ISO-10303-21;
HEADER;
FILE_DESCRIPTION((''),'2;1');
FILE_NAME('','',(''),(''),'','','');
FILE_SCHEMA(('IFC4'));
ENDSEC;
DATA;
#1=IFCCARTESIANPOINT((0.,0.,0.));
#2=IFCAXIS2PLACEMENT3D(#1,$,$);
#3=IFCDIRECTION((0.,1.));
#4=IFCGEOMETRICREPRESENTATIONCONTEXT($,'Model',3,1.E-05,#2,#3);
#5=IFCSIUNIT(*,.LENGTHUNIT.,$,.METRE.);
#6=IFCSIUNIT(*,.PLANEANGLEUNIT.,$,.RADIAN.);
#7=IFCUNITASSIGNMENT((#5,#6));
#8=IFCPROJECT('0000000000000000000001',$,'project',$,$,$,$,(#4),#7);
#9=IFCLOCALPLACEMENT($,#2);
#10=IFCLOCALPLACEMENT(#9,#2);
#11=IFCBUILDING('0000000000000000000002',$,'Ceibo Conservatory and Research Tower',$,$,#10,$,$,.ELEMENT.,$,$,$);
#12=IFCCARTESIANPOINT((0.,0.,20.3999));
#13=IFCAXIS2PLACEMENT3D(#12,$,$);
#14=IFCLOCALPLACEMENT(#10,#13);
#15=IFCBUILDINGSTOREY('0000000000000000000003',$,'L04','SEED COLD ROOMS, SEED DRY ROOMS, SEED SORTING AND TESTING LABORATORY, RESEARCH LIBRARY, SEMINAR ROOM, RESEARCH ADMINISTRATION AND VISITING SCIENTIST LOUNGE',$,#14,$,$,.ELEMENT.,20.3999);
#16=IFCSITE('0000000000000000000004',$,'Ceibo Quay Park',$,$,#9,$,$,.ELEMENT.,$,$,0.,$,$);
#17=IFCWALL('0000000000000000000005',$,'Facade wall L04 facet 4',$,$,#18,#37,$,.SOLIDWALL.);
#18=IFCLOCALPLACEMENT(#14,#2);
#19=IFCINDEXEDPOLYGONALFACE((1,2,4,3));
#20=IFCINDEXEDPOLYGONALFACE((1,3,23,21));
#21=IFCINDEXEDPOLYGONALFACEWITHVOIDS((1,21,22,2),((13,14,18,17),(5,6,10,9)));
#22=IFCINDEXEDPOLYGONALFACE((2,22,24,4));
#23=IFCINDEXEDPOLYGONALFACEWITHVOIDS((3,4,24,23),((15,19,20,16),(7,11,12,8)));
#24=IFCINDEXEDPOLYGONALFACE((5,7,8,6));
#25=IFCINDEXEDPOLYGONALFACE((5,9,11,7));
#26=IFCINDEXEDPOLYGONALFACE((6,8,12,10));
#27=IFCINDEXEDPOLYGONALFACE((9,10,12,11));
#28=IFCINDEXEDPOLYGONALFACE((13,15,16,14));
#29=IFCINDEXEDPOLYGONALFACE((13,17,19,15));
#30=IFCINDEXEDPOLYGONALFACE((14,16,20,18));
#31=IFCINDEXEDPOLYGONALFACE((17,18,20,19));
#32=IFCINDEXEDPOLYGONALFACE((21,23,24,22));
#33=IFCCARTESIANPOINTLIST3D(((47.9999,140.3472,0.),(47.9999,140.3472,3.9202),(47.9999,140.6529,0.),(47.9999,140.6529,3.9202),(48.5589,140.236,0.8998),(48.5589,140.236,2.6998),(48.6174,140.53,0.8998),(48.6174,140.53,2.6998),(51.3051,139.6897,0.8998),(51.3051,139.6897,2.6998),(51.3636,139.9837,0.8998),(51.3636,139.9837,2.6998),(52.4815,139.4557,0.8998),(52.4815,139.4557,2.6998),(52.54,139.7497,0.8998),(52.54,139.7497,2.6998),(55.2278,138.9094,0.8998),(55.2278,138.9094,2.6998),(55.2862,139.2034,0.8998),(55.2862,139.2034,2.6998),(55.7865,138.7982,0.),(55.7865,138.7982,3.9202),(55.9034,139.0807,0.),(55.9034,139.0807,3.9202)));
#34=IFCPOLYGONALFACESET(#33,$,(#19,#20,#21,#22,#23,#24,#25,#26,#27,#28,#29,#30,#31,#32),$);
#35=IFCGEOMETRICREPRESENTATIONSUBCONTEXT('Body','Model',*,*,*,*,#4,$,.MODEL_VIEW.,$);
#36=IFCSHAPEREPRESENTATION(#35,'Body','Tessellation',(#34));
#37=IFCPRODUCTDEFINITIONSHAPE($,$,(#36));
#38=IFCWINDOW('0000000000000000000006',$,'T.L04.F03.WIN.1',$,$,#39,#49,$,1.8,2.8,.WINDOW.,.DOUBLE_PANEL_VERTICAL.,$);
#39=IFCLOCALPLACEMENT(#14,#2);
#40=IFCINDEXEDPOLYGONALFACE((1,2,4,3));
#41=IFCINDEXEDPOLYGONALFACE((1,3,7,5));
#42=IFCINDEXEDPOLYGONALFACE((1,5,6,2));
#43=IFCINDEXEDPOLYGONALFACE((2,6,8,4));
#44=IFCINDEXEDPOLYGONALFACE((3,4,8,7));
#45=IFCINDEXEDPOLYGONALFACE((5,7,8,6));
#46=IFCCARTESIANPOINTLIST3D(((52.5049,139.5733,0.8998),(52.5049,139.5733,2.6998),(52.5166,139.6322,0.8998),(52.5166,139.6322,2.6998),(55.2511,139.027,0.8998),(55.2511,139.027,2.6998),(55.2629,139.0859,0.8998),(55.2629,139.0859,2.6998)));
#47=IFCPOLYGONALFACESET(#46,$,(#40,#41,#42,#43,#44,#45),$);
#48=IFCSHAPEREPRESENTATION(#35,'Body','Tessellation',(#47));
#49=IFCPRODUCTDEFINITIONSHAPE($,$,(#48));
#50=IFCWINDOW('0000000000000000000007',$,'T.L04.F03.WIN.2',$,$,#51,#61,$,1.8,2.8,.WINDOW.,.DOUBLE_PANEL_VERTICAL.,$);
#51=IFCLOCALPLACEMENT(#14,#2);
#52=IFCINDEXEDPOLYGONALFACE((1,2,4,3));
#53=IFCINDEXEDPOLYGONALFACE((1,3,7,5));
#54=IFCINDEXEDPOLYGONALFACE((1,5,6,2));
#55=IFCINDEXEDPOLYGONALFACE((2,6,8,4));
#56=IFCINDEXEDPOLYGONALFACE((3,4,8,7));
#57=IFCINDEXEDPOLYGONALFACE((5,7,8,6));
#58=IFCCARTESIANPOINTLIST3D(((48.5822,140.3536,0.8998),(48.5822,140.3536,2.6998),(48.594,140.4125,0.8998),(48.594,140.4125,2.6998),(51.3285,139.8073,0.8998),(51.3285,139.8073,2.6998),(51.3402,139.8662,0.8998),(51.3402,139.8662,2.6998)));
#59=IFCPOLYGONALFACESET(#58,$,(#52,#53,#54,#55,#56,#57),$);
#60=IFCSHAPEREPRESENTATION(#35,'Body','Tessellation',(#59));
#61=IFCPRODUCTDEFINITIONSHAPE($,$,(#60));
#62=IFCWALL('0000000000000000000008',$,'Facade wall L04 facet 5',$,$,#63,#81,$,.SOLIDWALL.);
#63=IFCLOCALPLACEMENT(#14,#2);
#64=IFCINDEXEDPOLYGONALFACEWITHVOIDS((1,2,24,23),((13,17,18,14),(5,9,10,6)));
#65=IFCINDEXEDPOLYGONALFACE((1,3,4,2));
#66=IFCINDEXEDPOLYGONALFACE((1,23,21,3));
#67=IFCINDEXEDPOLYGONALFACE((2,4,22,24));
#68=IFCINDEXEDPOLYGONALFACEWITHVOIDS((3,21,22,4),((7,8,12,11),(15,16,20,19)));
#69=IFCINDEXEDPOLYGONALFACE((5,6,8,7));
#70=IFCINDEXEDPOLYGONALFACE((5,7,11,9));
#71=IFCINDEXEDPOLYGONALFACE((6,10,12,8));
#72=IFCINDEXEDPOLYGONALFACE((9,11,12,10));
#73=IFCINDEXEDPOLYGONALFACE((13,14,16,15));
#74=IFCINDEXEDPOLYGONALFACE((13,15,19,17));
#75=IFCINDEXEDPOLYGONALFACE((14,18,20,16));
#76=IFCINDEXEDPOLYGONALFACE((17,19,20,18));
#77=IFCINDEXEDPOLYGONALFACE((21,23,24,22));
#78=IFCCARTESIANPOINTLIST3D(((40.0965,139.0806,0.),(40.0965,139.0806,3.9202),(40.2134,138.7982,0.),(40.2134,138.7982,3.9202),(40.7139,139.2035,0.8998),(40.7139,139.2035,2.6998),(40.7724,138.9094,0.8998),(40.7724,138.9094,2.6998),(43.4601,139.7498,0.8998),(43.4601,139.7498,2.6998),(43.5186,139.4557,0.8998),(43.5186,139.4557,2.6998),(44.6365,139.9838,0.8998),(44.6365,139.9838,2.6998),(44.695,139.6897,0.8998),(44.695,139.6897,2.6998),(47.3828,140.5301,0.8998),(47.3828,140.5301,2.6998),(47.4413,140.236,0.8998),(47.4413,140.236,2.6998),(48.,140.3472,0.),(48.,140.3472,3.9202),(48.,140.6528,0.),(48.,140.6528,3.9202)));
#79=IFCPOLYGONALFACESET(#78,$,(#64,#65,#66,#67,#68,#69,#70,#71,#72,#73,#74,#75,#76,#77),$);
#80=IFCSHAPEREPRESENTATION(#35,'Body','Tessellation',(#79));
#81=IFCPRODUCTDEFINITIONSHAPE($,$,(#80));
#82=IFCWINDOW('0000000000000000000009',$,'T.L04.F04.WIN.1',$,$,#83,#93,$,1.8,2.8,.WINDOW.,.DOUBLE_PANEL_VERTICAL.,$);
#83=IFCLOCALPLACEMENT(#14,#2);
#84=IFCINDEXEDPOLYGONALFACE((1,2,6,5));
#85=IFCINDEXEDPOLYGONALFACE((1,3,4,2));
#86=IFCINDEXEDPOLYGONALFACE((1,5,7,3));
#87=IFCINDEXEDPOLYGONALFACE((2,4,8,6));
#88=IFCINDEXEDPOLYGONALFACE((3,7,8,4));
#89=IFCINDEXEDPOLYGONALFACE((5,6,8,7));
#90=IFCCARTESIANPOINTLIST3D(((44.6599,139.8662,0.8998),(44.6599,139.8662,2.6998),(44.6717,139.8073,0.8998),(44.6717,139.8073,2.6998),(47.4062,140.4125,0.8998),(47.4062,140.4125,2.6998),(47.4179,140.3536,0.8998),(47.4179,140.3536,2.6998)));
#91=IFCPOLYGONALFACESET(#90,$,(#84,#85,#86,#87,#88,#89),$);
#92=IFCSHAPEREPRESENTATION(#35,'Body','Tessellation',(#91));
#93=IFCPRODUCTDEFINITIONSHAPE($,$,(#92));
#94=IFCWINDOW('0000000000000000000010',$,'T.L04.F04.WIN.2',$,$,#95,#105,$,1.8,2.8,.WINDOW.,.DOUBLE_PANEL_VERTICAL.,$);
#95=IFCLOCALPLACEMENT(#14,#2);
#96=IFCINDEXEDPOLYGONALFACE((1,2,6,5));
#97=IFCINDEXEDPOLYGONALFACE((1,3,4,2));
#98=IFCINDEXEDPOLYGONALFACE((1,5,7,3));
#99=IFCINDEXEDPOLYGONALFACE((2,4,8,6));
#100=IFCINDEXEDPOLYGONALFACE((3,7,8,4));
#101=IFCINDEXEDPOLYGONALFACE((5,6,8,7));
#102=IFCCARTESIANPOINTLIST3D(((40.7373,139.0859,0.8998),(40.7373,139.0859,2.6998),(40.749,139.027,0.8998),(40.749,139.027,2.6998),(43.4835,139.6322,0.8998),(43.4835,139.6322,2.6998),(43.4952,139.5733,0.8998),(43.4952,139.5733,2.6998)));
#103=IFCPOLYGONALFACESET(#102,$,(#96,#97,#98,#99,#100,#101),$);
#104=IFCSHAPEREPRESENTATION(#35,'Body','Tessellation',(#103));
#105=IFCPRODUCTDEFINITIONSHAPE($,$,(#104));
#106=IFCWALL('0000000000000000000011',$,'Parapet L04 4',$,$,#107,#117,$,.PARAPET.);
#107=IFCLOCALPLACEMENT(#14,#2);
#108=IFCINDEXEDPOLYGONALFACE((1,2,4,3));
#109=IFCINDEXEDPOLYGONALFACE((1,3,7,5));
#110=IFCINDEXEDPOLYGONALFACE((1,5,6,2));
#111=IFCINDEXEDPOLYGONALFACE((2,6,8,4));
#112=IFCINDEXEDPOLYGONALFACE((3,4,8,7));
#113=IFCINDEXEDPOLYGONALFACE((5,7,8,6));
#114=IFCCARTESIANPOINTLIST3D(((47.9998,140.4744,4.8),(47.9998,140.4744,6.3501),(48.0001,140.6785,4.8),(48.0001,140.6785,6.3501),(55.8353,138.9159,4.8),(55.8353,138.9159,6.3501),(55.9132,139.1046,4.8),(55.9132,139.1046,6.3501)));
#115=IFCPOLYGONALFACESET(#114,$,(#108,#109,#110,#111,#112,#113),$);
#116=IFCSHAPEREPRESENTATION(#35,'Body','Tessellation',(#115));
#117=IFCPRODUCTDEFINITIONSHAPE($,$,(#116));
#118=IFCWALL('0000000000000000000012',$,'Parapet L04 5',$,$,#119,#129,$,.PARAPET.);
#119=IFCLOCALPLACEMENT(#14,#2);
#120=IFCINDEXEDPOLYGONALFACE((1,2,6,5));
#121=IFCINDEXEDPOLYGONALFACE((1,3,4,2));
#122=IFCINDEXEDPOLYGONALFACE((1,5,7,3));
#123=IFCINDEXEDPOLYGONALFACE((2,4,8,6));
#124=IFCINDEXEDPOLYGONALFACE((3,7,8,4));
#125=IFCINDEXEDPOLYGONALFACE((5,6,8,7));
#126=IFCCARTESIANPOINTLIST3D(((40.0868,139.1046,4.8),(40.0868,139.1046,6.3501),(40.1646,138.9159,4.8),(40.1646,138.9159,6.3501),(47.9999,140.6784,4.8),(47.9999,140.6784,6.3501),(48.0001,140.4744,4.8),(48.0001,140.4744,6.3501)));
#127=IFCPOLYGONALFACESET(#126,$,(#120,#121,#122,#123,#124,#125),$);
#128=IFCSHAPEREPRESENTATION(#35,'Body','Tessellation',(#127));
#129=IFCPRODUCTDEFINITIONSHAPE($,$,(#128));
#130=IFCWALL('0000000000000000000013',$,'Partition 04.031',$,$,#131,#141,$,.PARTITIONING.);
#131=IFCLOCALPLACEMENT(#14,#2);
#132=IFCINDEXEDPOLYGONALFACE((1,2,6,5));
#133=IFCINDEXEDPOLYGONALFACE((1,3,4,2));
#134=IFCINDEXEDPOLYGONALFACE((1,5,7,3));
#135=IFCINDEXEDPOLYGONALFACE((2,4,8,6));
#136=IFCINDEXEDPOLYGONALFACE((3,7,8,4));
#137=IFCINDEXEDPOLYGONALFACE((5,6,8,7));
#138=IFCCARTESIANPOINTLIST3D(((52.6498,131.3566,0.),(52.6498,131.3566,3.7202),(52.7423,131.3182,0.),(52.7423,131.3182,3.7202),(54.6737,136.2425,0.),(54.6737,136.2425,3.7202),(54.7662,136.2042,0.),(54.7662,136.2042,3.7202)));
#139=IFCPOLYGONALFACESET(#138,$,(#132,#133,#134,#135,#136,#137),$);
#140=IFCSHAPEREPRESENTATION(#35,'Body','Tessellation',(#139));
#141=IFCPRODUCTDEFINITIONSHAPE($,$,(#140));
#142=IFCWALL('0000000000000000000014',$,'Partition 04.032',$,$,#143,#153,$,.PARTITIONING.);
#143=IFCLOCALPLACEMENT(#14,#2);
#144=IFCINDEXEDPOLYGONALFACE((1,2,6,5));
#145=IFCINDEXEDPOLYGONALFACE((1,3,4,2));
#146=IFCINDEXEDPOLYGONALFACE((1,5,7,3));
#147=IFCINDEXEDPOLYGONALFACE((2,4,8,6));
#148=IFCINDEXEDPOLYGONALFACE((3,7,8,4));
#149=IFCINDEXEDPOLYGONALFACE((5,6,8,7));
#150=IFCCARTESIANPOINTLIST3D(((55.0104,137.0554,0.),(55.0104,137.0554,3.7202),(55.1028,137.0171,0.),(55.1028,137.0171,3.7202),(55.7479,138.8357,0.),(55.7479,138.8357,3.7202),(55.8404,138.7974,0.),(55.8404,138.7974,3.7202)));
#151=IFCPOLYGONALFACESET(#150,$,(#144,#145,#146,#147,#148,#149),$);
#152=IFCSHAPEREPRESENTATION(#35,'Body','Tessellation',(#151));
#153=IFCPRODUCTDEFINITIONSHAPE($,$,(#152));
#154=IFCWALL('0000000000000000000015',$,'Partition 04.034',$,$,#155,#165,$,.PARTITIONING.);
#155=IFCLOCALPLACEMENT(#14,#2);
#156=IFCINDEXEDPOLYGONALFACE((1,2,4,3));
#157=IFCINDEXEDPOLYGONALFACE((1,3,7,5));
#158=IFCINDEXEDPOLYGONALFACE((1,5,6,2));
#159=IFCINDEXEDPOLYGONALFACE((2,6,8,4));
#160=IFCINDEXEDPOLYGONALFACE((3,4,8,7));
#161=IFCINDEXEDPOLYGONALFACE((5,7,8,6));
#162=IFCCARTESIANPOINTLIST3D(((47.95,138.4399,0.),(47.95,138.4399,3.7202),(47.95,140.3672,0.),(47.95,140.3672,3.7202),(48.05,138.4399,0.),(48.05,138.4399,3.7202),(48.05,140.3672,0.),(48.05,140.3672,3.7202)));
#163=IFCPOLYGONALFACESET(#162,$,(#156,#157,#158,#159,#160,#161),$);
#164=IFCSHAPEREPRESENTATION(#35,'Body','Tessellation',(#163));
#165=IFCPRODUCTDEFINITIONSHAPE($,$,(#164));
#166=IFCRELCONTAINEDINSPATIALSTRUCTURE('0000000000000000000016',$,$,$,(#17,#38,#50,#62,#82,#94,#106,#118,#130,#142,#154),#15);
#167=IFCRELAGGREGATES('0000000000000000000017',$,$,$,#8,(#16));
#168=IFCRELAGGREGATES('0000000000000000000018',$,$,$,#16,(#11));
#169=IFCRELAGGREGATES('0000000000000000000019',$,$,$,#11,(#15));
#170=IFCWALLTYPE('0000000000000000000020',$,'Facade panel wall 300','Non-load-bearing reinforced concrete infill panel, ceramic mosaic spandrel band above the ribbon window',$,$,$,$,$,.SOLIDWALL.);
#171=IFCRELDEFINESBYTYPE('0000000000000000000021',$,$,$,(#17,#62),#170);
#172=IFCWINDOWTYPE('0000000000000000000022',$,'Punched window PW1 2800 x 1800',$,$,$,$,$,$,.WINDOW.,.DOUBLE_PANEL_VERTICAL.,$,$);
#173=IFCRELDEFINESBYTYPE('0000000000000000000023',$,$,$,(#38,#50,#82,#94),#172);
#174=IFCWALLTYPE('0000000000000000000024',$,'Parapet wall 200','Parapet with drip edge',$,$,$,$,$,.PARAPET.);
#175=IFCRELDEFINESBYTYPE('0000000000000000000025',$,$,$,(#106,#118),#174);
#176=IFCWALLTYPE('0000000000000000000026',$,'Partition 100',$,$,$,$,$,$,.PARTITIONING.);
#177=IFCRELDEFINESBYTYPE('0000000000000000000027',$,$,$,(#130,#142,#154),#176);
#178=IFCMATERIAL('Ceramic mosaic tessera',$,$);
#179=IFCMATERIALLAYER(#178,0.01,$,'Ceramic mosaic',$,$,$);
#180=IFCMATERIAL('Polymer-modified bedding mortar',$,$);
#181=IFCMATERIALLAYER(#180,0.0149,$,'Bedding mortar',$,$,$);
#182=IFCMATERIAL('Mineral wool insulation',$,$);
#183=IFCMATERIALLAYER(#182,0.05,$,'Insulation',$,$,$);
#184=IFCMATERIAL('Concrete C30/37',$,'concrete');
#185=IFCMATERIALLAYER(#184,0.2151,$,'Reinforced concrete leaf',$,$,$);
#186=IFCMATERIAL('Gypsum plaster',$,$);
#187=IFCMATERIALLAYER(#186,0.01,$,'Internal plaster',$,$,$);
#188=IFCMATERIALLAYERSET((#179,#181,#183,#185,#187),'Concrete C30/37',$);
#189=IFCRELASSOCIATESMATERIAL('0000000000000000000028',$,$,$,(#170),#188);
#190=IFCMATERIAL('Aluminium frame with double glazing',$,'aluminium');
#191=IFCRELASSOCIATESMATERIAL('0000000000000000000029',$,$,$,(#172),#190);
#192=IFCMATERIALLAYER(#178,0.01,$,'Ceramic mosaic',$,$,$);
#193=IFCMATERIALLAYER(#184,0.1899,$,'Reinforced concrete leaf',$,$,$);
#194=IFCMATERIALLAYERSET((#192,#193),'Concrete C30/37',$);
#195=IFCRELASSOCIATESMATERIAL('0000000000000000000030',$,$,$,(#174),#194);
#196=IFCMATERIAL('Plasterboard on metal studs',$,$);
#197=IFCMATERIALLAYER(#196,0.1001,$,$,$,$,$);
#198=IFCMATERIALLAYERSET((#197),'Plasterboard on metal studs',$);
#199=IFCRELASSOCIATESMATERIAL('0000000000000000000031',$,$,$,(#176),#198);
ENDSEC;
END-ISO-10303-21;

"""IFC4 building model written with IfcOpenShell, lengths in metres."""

from ifc_helpers import new_model, si_unit, direction, frame, frame_2d, origin, place, context, subcontext, project, spatial, polyline, rectangle, outline, extrude, material, layer, layer_set, type_object, element, fill, save


model = new_model("IFC4")

# Units and contexts
model_context = context("Model", 3, precision=1e-05, world=origin(), true_north=direction((0.0, 1.0)))
body_context = subcontext(model_context, "Body", "Model", "MODEL_VIEW")
ifc_project = project(units=[si_unit("LENGTHUNIT", "METRE"), si_unit("PLANEANGLEUNIT", "RADIAN")], contexts=[model_context])

# Site, building, storey
site_placement = place(None, origin())
site = spatial("IfcSite", under=ifc_project, at=site_placement, Name="Ceibo Quay Park", CompositionType="ELEMENT", RefElevation=0.0)
building_placement = place(site_placement, origin())
building = spatial("IfcBuilding", under=site, at=building_placement, Name="Ceibo Conservatory and Research Tower", CompositionType="ELEMENT")
storey_placement = place(building_placement, frame((0.0, 0.0, 20.3999)))
storey = spatial("IfcBuildingStorey", under=building, at=storey_placement, Name="L04", Description="SEED COLD ROOMS, SEED DRY ROOMS, SEED SORTING AND TESTING LABORATORY, RESEARCH LIBRARY, SEMINAR ROOM, RESEARCH ADMINISTRATION AND VISITING SCIENTIST LOUNGE", CompositionType="ELEMENT", Elevation=20.3999)

# Walls, openings, windows
ifc_material_1 = material(Name="Ceramic mosaic tessera")
ifc_layer_1 = layer(ifc_material_1, 0.01, Name="Ceramic mosaic")
ifc_material_2 = material(Name="Polymer-modified bedding mortar")
ifc_layer_2 = layer(ifc_material_2, 0.0149, Name="Bedding mortar")
ifc_material_3 = material(Name="Mineral wool insulation")
ifc_layer_3 = layer(ifc_material_3, 0.05, Name="Insulation")
ifc_material_4 = material(Name="Concrete C30/37", Category="concrete")
ifc_layer_4 = layer(ifc_material_4, 0.2151, Name="Reinforced concrete leaf")
ifc_material_5 = material(Name="Gypsum plaster")
ifc_layer_5 = layer(ifc_material_5, 0.01, Name="Internal plaster")
ifc_layer_set_1 = layer_set([ifc_layer_1, ifc_layer_2, ifc_layer_3, ifc_layer_4, ifc_layer_5], Name="Concrete C30/37")
wall_type_1 = type_object("IfcWallType", Name="Facade panel wall 300", Description="Non-load-bearing reinforced concrete infill panel, ceramic mosaic spandrel band above the ribbon window", PredefinedType="SOLIDWALL", material=ifc_layer_set_1)
wall_1_placement = place(storey_placement, frame((55.845, 138.9395, 0.0), z_axis=(0.0, 0.0, 1.0), x_axis=(-0.980783, 0.195101, 0.0)))
wall_1 = element("IfcWall", 1, at=wall_1_placement, inside=storey, type_object=wall_type_1, Name="Facade wall L04 facet 4", PredefinedType="SOLIDWALL", context=body_context, shape_type="SweptSolid", body=[
    extrude(outline(polyline([(-0.0298, -0.1499), (8.0286, -0.1499), (7.969, 0.1499), (0.0298, 0.1499), (-0.0298, -0.1499)])), origin(), (0.0, 0.0, 1.0), 3.9202),
])
opening_1_placement = place(wall_1_placement, frame((0.5996, 0.0, 0.8999)))
opening_1 = element("IfcOpeningElement", 2, at=opening_1_placement, cuts=wall_1, PredefinedType="OPENING", context=body_context, shape_type="SweptSolid", body=[
    extrude(rectangle(XDim=2.8, YDim=1.8, at=frame_2d((1.3999, 0.8999))), frame((0.0, 0.1599, 0.0), z_axis=(0.0, -1.0, 0.0), x_axis=(1.0, 0.0, 0.0)), (0.0, 0.0, 1.0), 0.3201),
])
opening_2_placement = place(wall_1_placement, frame((4.5991, 0.0, 0.8999)))
opening_2 = element("IfcOpeningElement", 3, at=opening_2_placement, cuts=wall_1, PredefinedType="OPENING", context=body_context, shape_type="SweptSolid", body=[
    extrude(rectangle(XDim=2.8, YDim=1.8, at=frame_2d((1.3999, 0.8999))), frame((0.0, 0.1599, 0.0), z_axis=(0.0, -1.0, 0.0), x_axis=(1.0, 0.0, 0.0)), (0.0, 0.0, 1.0), 0.3201),
])
ifc_material_6 = material(Name="Aluminium frame with double glazing", Category="aluminium")
window_type = type_object("IfcWindowType", Name="Punched window PW1 2800 x 1800", PartitioningType="DOUBLE_PANEL_VERTICAL", PredefinedType="WINDOW", material=ifc_material_6)
window_1_placement = place(opening_1_placement, origin())
window_1 = element("IfcWindow", 4, at=window_1_placement, inside=storey, type_object=window_type, Name="T.L04.F03.WIN.1", OverallHeight=1.8, OverallWidth=2.8, PartitioningType="DOUBLE_PANEL_VERTICAL", PredefinedType="WINDOW", context=body_context, shape_type="SweptSolid", body=[
    extrude(rectangle(XDim=2.8, YDim=1.8, at=frame_2d((1.3999, 0.8999))), frame((0.0, 0.03, 0.0), z_axis=(0.0, -1.0, 0.0), x_axis=(1.0, 0.0, 0.0)), (0.0, 0.0, 1.0), 0.0601),
])
fill(opening_1, window_1)
window_2_placement = place(opening_2_placement, origin())
window_2 = element("IfcWindow", 5, at=window_2_placement, inside=storey, type_object=window_type, Name="T.L04.F03.WIN.2", OverallHeight=1.8, OverallWidth=2.8, PartitioningType="DOUBLE_PANEL_VERTICAL", PredefinedType="WINDOW", context=body_context, shape_type="SweptSolid", body=[
    extrude(rectangle(XDim=2.8, YDim=1.8, at=frame_2d((1.3999, 0.8999))), frame((0.0, 0.03, 0.0), z_axis=(0.0, -1.0, 0.0), x_axis=(1.0, 0.0, 0.0)), (0.0, 0.0, 1.0), 0.0601),
])
fill(opening_2, window_2)
wall_2_placement = place(storey_placement, frame((48.0, 140.5, 0.0), z_axis=(0.0, 0.0, 1.0), x_axis=(-0.980783, -0.195101, 0.0)))
wall_2 = element("IfcWall", 6, at=wall_2_placement, inside=storey, type_object=wall_type_1, Name="Facade wall L04 facet 5", PredefinedType="SOLIDWALL", context=body_context, shape_type="SweptSolid", body=[
    extrude(outline(polyline([(-0.0298, -0.1499), (8.0286, -0.1499), (7.969, 0.1499), (0.0298, 0.1499), (-0.0298, -0.1499)])), origin(), (0.0, 0.0, 1.0), 3.9202),
])
opening_3_placement = place(wall_2_placement, frame((0.5996, 0.0, 0.8999)))
opening_3 = element("IfcOpeningElement", 7, at=opening_3_placement, cuts=wall_2, PredefinedType="OPENING", context=body_context, shape_type="SweptSolid", body=[
    extrude(rectangle(XDim=2.8, YDim=1.8, at=frame_2d((1.3999, 0.8999))), frame((0.0, 0.1599, 0.0), z_axis=(0.0, -1.0, 0.0), x_axis=(1.0, 0.0, 0.0)), (0.0, 0.0, 1.0), 0.3201),
])
opening_4_placement = place(wall_2_placement, frame((4.5991, 0.0, 0.8999)))
opening_4 = element("IfcOpeningElement", 8, at=opening_4_placement, cuts=wall_2, PredefinedType="OPENING", context=body_context, shape_type="SweptSolid", body=[
    extrude(rectangle(XDim=2.8, YDim=1.8, at=frame_2d((1.3999, 0.8999))), frame((0.0, 0.1599, 0.0), z_axis=(0.0, -1.0, 0.0), x_axis=(1.0, 0.0, 0.0)), (0.0, 0.0, 1.0), 0.3201),
])
window_3_placement = place(opening_3_placement, origin())
window_3 = element("IfcWindow", 9, at=window_3_placement, inside=storey, type_object=window_type, Name="T.L04.F04.WIN.1", OverallHeight=1.8, OverallWidth=2.8, PartitioningType="DOUBLE_PANEL_VERTICAL", PredefinedType="WINDOW", context=body_context, shape_type="SweptSolid", body=[
    extrude(rectangle(XDim=2.8, YDim=1.8, at=frame_2d((1.3999, 0.8999))), frame((0.0, 0.03, 0.0), z_axis=(0.0, -1.0, 0.0), x_axis=(1.0, 0.0, 0.0)), (0.0, 0.0, 1.0), 0.0601),
])
fill(opening_3, window_3)
window_4_placement = place(opening_4_placement, origin())
window_4 = element("IfcWindow", 10, at=window_4_placement, inside=storey, type_object=window_type, Name="T.L04.F04.WIN.2", OverallHeight=1.8, OverallWidth=2.8, PartitioningType="DOUBLE_PANEL_VERTICAL", PredefinedType="WINDOW", context=body_context, shape_type="SweptSolid", body=[
    extrude(rectangle(XDim=2.8, YDim=1.8, at=frame_2d((1.3999, 0.8999))), frame((0.0, 0.03, 0.0), z_axis=(0.0, -1.0, 0.0), x_axis=(1.0, 0.0, 0.0)), (0.0, 0.0, 1.0), 0.0601),
])
fill(opening_4, window_4)

# Walls
ifc_layer_6 = layer(ifc_material_1, 0.01, Name="Ceramic mosaic")
ifc_layer_7 = layer(ifc_material_4, 0.1899, Name="Reinforced concrete leaf")
ifc_layer_set_2 = layer_set([ifc_layer_6, ifc_layer_7], Name="Concrete C30/37")
wall_type_2 = type_object("IfcWallType", Name="Parapet wall 200", Description="Parapet with drip edge", PredefinedType="PARAPET", material=ifc_layer_set_2)
for number, where, z_axis, x_axis, name in (
    (11, (55.8743, 139.0103, 4.8), (0.0, 0.0, 1.0), (-0.980788, 0.195075, 0.0), "Parapet L04 4"),
    (12, (48.0, 140.5764, 4.8), (0.0, 0.0, 1.0), (-0.980788, -0.195075, 0.0), "Parapet L04 5"),
):
    element("IfcWall", number, at=place(storey_placement, frame(where, z_axis=z_axis, x_axis=x_axis)), inside=storey, type_object=wall_type_2, Name=name, PredefinedType="PARAPET", context=body_context, shape_type="SweptSolid", body=[
        extrude(outline(polyline([(-0.0198, -0.1001), (8.0483, -0.1001), (8.0088, 0.1001), (0.0198, 0.1001), (-0.0198, -0.1001)])), origin(), (0.0, 0.0, 1.0), 1.55),
    ])
ifc_material_7 = material(Name="Plasterboard on metal studs")
ifc_layer_8 = layer(ifc_material_7, 0.1001)
ifc_layer_set_3 = layer_set([ifc_layer_8], Name="Plasterboard on metal studs")
wall_type_3 = type_object("IfcWallType", Name="Partition 100", PredefinedType="PARTITIONING", material=ifc_layer_set_3)
wall_3_placement = place(storey_placement, frame((52.696, 131.3374, 0.0), z_axis=(0.0, 0.0, 1.0), x_axis=(0.382697, 0.923874, 0.0)))
element("IfcWall", 13, at=wall_3_placement, inside=storey, type_object=wall_type_3, Name="Partition 04.031", PredefinedType="PARTITIONING", context=body_context, shape_type="SweptSolid", body=[
    extrude(rectangle(XDim=5.2886, YDim=0.1001, at=frame_2d((2.6443, 0.0))), origin(), (0.0, 0.0, 1.0), 3.7202),
])
wall_4_placement = place(storey_placement, frame((55.0566, 137.0364, 0.0), z_axis=(0.0, 0.0, 1.0), x_axis=(0.382743, 0.923855, 0.0)))
element("IfcWall", 14, at=wall_4_placement, inside=storey, type_object=wall_type_3, Name="Partition 04.032", PredefinedType="PARTITIONING", context=body_context, shape_type="SweptSolid", body=[
    extrude(rectangle(XDim=1.927, YDim=0.1001, at=frame_2d((0.9634, 0.0))), origin(), (0.0, 0.0, 1.0), 3.7202),
])
wall_5_placement = place(storey_placement, frame((48.0, 138.4399, 0.0), z_axis=(0.0, 0.0, 1.0), x_axis=(0.0, 1.0, 0.0)))
element("IfcWall", 15, at=wall_5_placement, inside=storey, type_object=wall_type_3, Name="Partition 04.034", PredefinedType="PARTITIONING", context=body_context, shape_type="SweptSolid", body=[
    extrude(rectangle(XDim=1.9272, YDim=0.1001, at=frame_2d((0.9636, 0.0))), origin(), (0.0, 0.0, 1.0), 3.7202),
])

save(model, "model.ifc")
